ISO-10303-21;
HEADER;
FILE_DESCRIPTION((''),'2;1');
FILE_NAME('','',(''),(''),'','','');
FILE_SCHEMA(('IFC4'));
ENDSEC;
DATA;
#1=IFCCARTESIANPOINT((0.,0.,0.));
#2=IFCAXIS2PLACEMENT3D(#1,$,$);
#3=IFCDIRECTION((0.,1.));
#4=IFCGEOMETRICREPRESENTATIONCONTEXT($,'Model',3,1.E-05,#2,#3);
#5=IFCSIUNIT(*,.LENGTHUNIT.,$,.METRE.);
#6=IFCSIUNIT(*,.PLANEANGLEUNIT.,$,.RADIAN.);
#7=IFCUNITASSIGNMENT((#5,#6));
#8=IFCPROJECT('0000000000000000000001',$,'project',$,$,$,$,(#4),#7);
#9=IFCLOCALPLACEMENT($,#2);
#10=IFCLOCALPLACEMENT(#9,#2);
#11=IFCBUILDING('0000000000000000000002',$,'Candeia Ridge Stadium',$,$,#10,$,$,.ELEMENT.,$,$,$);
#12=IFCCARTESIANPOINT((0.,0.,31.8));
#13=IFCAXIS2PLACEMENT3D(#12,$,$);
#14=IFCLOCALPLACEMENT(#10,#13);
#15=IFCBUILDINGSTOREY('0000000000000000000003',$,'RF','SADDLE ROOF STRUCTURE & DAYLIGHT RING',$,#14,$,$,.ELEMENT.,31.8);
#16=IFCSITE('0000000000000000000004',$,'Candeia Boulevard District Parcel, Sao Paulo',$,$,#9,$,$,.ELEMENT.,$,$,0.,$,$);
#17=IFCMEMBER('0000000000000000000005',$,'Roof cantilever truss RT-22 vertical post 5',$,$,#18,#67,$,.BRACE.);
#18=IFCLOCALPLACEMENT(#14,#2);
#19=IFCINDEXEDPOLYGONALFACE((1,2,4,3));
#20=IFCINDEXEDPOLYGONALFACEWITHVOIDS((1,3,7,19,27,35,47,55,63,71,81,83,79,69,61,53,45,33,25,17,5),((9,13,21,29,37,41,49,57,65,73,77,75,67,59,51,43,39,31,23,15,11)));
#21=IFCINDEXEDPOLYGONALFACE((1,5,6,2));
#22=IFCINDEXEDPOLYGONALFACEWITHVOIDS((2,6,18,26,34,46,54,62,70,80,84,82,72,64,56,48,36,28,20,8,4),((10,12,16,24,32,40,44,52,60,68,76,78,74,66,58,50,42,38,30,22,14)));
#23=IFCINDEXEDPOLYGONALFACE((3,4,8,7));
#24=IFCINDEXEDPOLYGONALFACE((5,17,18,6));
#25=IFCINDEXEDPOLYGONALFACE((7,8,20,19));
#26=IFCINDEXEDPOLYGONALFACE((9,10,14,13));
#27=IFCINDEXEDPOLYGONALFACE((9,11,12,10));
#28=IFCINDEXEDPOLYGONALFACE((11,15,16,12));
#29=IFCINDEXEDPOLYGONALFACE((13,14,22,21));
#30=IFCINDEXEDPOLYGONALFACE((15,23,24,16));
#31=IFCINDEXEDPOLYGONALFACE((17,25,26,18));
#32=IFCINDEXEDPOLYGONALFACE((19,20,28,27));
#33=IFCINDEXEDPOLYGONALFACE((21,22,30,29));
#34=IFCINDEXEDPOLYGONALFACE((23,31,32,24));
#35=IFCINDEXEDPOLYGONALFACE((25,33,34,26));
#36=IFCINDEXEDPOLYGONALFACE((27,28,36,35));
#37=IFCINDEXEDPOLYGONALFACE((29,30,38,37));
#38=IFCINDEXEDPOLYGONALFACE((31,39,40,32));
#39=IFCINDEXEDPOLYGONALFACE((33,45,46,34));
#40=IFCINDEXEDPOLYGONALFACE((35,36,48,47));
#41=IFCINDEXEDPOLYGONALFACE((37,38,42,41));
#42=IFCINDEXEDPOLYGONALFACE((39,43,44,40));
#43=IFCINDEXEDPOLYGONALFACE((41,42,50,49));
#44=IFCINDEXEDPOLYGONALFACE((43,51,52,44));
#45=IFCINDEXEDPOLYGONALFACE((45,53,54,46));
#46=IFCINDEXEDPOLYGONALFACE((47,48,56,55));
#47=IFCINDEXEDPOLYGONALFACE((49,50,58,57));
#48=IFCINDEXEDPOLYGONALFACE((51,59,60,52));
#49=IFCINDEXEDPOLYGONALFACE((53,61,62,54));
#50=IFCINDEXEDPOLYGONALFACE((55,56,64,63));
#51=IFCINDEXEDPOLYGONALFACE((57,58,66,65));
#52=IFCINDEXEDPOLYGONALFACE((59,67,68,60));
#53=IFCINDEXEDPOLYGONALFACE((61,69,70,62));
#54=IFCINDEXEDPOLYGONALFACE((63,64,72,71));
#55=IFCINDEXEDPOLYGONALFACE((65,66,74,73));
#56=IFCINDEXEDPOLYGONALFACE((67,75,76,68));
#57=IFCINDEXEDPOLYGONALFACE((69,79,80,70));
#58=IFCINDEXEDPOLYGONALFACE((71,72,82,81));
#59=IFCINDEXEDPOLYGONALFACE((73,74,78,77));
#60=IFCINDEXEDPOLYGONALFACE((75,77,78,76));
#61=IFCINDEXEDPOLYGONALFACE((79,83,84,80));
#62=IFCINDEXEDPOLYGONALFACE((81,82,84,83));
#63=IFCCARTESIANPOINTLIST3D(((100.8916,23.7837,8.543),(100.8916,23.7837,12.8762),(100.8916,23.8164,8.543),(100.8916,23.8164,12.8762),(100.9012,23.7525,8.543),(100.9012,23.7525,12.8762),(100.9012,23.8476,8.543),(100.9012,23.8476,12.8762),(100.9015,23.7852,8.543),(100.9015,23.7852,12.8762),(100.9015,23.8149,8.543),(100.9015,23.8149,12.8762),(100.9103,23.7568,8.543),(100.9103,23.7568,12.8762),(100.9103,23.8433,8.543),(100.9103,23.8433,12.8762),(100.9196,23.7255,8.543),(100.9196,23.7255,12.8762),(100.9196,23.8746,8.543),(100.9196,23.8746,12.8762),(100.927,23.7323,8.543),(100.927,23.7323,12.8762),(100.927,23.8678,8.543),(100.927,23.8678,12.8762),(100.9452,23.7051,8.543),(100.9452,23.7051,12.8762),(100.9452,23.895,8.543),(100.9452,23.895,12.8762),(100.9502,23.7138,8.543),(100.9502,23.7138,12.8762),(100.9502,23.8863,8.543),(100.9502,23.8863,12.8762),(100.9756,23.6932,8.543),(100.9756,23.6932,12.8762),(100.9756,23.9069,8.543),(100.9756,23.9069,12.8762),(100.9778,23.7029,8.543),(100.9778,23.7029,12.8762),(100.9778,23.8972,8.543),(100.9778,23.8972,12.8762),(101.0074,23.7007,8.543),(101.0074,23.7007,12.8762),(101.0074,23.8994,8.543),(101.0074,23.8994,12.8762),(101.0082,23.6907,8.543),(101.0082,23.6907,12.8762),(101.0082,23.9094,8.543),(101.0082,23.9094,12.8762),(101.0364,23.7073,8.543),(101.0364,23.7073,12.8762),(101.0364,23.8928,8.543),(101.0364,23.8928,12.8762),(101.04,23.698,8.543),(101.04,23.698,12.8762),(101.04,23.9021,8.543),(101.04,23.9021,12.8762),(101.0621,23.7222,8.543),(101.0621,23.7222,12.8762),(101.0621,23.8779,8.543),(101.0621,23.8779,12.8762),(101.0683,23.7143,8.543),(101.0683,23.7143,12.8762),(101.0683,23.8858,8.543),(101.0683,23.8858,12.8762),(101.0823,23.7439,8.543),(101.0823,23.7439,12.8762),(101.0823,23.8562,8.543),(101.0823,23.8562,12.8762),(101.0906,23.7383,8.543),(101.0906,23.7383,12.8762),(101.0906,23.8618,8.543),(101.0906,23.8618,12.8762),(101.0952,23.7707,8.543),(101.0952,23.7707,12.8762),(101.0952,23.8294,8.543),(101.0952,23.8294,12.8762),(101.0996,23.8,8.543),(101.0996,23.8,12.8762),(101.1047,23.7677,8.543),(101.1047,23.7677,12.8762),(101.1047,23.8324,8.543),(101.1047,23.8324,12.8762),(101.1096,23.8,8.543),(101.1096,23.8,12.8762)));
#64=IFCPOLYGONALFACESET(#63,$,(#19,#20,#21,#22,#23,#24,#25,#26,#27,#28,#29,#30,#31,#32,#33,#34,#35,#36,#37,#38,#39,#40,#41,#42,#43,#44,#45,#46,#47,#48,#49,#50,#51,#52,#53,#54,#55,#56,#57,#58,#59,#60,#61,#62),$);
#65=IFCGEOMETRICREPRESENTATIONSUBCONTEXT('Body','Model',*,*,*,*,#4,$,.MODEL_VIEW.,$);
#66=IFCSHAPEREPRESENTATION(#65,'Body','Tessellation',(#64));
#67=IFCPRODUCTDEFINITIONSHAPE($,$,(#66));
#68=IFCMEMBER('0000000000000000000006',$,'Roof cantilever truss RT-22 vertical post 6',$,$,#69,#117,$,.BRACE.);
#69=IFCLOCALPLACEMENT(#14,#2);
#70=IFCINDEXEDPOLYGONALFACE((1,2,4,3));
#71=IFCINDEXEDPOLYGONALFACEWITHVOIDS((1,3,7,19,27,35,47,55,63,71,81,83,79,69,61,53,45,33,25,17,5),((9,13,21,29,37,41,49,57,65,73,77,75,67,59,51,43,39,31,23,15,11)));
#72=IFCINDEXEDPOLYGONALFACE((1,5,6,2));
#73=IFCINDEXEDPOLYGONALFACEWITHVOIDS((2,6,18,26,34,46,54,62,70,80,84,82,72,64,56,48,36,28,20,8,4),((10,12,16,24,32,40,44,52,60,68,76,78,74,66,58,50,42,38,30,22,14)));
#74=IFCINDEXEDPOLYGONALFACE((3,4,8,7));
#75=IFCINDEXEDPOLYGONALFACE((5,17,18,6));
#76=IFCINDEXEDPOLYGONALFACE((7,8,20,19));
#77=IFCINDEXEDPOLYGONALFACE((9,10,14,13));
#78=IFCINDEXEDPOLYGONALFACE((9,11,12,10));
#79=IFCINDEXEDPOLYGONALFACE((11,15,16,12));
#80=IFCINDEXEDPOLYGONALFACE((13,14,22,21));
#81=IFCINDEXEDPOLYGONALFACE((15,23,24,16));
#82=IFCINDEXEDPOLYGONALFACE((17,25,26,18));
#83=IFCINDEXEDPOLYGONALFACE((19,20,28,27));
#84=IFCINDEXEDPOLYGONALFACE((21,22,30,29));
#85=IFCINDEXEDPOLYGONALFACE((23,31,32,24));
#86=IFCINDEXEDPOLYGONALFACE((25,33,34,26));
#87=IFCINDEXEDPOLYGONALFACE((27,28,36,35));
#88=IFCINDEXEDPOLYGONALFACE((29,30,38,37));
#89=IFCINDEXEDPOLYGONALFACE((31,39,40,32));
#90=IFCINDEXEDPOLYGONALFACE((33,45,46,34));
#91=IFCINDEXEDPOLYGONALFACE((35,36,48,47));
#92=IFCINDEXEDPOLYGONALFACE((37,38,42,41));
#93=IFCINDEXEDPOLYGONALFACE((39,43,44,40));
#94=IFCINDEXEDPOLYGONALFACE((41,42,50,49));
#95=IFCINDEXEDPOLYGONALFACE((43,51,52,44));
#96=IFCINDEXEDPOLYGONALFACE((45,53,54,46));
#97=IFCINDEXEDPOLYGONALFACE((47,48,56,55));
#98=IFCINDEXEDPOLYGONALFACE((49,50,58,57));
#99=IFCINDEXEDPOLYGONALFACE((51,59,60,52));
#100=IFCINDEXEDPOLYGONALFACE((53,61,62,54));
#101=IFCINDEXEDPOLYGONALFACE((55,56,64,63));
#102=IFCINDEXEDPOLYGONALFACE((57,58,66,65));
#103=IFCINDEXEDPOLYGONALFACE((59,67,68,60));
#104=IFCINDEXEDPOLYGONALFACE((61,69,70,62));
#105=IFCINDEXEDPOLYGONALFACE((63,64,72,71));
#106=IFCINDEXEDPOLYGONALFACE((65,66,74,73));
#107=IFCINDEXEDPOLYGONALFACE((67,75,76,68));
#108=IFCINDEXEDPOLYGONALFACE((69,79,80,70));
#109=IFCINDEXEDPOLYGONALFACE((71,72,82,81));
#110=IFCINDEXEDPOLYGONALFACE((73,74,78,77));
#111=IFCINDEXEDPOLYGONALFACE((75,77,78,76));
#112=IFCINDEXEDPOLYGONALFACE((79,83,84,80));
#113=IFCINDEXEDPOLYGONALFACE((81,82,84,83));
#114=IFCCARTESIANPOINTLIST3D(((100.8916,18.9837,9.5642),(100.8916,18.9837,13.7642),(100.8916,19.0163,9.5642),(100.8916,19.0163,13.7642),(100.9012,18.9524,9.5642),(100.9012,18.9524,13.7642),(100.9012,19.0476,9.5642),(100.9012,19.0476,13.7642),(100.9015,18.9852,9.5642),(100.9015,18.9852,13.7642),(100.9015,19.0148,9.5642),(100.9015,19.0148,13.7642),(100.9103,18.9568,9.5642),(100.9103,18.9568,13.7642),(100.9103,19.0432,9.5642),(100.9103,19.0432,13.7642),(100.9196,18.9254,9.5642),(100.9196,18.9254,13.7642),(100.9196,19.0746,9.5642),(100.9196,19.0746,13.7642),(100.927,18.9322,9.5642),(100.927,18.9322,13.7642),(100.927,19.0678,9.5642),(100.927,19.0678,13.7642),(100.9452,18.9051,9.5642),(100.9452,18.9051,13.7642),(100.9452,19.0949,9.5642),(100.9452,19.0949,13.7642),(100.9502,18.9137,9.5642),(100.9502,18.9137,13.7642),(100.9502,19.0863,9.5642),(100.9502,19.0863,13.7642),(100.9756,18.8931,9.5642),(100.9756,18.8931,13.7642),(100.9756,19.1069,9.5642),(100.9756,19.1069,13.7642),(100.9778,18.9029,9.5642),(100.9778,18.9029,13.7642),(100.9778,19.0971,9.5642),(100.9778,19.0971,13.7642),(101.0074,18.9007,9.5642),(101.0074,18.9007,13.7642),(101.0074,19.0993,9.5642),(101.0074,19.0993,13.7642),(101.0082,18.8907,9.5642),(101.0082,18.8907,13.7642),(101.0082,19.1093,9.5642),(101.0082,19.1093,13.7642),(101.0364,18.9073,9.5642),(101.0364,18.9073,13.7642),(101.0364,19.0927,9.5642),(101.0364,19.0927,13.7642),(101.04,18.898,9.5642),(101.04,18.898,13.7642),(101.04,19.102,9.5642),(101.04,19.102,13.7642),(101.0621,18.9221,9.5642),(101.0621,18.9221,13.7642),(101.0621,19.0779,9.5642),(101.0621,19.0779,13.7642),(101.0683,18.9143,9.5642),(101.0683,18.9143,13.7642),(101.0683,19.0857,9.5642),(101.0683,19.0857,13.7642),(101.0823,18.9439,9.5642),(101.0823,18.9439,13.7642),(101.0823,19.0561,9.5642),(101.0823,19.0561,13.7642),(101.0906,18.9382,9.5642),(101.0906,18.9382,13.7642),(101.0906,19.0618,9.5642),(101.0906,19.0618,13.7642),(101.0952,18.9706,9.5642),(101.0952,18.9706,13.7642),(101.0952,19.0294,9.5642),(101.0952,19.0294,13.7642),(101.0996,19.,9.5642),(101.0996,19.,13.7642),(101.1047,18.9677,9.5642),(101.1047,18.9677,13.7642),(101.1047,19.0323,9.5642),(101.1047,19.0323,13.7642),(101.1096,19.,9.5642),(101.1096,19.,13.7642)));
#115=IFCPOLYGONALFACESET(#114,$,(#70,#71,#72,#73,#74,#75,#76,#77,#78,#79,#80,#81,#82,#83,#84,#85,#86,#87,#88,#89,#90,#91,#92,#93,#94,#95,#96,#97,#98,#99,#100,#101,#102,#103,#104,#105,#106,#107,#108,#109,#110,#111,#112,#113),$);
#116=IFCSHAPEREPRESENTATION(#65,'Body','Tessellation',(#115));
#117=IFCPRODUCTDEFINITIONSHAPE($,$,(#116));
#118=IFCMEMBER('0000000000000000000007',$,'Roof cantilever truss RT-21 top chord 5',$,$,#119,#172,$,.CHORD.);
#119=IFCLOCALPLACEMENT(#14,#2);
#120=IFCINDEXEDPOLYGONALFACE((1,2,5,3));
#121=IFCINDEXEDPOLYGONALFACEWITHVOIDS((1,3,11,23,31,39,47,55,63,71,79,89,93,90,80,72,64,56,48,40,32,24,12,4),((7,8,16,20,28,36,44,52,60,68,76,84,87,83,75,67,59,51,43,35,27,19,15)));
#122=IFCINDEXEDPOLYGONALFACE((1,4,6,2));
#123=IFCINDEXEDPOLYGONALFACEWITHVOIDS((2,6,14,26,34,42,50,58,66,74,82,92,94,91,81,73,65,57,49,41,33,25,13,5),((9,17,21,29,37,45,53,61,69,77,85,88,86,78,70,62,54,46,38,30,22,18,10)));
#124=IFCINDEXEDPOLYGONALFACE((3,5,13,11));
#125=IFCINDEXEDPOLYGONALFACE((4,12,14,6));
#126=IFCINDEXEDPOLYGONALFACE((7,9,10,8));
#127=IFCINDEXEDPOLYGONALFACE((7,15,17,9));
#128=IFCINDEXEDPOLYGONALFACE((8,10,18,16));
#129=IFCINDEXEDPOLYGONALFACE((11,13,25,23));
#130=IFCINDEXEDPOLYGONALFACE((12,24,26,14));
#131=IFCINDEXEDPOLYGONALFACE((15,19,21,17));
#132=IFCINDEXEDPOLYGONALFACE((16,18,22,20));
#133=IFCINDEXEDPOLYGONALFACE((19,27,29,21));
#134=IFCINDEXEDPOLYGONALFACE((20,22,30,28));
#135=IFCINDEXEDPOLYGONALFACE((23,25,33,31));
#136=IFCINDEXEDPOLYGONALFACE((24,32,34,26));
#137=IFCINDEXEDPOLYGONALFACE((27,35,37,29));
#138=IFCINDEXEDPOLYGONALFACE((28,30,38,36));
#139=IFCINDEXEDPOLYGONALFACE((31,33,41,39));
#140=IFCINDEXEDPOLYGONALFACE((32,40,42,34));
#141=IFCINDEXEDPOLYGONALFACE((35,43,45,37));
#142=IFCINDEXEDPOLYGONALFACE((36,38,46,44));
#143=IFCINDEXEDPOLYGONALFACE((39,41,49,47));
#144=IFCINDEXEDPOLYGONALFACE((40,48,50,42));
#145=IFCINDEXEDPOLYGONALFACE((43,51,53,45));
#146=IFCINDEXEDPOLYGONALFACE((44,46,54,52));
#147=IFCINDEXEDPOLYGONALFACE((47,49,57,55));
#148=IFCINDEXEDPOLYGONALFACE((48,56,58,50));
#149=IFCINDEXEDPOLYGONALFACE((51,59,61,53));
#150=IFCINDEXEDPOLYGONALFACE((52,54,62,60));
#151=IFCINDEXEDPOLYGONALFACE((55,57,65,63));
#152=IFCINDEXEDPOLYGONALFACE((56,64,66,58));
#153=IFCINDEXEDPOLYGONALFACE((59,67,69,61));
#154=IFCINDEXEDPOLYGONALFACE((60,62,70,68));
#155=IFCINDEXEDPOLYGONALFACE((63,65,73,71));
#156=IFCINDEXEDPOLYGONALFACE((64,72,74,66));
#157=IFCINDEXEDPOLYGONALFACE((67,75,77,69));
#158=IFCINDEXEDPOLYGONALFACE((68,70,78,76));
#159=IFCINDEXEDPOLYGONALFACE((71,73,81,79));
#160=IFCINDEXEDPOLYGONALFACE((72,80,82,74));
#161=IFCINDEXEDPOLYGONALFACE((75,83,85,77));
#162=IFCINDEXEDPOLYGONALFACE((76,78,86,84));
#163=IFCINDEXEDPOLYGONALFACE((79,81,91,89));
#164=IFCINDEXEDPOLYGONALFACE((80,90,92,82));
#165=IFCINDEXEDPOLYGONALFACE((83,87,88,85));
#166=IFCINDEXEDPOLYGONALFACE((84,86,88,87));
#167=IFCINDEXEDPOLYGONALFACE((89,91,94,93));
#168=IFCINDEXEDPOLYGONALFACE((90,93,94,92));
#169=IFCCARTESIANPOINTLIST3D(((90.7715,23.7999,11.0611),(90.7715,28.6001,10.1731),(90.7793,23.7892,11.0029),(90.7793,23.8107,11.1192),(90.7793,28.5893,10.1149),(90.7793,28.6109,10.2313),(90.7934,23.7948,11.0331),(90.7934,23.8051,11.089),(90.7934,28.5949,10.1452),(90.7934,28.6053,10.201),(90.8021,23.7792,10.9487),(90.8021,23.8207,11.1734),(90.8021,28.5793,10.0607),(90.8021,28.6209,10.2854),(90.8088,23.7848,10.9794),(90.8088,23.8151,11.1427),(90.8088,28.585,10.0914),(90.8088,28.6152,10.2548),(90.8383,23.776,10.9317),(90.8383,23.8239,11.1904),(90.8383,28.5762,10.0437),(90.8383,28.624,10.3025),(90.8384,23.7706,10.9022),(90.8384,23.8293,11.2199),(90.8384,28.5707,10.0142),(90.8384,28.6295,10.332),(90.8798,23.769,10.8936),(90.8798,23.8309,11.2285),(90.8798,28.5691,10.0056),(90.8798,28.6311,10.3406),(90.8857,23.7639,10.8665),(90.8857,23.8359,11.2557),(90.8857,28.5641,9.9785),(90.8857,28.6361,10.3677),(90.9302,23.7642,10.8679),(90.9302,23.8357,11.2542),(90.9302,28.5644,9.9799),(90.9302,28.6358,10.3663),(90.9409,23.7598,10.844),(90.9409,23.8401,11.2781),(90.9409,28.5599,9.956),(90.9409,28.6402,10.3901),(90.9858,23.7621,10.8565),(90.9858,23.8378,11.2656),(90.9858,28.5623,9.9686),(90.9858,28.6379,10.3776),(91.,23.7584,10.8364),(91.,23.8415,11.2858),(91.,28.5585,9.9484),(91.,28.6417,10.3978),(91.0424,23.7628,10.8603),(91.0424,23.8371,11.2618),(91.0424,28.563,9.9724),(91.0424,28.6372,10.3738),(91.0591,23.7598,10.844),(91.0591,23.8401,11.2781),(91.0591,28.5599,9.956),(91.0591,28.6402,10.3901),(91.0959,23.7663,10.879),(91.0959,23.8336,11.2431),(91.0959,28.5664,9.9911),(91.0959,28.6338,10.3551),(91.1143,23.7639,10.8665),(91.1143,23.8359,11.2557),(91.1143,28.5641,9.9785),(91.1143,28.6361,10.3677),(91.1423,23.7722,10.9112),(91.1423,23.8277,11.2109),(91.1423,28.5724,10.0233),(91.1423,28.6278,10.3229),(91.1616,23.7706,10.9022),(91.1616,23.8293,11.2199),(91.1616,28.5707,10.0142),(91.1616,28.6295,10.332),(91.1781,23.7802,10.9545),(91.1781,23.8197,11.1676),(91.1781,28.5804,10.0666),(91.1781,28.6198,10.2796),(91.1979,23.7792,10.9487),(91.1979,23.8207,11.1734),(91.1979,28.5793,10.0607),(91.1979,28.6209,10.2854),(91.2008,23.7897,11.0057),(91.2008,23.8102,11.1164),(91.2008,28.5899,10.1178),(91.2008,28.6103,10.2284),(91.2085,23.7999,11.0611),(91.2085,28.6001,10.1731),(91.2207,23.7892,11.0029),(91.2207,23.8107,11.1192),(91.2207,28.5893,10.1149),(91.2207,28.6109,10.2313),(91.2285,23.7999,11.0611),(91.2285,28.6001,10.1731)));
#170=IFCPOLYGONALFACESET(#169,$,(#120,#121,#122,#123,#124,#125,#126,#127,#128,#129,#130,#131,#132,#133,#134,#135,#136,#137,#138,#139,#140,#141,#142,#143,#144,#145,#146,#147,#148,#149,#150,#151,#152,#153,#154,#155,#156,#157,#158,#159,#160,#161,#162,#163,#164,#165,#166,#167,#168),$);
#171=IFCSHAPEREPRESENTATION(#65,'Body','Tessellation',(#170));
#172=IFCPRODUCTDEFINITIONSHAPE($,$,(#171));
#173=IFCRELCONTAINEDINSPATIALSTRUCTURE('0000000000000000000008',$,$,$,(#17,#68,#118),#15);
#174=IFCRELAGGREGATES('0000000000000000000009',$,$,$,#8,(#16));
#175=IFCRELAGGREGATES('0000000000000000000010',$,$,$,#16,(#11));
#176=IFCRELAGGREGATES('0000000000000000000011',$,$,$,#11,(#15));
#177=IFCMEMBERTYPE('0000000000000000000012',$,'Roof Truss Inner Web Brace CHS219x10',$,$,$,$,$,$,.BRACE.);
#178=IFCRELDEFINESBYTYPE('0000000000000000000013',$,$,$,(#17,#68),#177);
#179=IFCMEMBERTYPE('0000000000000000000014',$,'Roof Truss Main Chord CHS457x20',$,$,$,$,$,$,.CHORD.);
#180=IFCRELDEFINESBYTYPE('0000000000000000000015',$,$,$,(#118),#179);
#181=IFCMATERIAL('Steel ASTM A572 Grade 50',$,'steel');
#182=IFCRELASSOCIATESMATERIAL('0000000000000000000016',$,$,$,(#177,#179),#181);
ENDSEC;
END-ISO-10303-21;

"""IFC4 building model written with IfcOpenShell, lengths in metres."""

from ifc_helpers import new_model, si_unit, direction, frame, origin, origin_2d, place, context, subcontext, project, spatial, hollow_circle, extrude, material, material_profile, profile_set, type_object, element, save


model = new_model("IFC4")

# Units and contexts
model_context = context("Model", 3, precision=1e-05, world=origin(), true_north=direction((0.0, 1.0)))
body_context = subcontext(model_context, "Body", "Model", "MODEL_VIEW")
ifc_project = project(units=[si_unit("LENGTHUNIT", "METRE"), si_unit("PLANEANGLEUNIT", "RADIAN")], contexts=[model_context])

# Site, building, storey
site_placement = place(None, origin())
site = spatial("IfcSite", under=ifc_project, at=site_placement, Name="Candeia Boulevard District Parcel, Sao Paulo", CompositionType="ELEMENT", RefElevation=0.0)
building_placement = place(site_placement, origin())
building = spatial("IfcBuilding", under=site, at=building_placement, Name="Candeia Ridge Stadium", CompositionType="ELEMENT")
storey_placement = place(building_placement, frame((0.0, 0.0, 31.8)))
storey = spatial("IfcBuildingStorey", under=building, at=storey_placement, Name="RF", Description="SADDLE ROOF STRUCTURE & DAYLIGHT RING", CompositionType="ELEMENT", Elevation=31.8)

# Shared definitions
ifc_material = material(Name="Steel ASTM A572 Grade 50", Category="steel")

# Members
ifc_material_profile_1 = material_profile(ifc_material, hollow_circle(Radius=0.1096, WallThickness=0.01, at=origin_2d()), Name="CHS219x10", Category="steel")
ifc_profile_set_1 = profile_set([ifc_material_profile_1], Name="Steel ASTM A572 Grade 50")
member_type_1 = type_object("IfcMemberType", Name="Roof Truss Inner Web Brace CHS219x10", PredefinedType="BRACE", material=ifc_profile_set_1)
member_1_placement = place(storey_placement, frame((101.0, 23.8, 8.543), z_axis=(0.0, 0.0, 1.0), x_axis=(1.0, 0.0, 0.0)))
element("IfcMember", 1, at=member_1_placement, inside=storey, type_object=member_type_1, Name="Roof cantilever truss RT-22 vertical post 5", PredefinedType="BRACE", context=body_context, shape_type="SweptSolid", body=[
    extrude(hollow_circle(Radius=0.1096, WallThickness=0.01, at=origin_2d()), origin(), (0.0, 0.0, 1.0), 4.3333),
])
member_2_placement = place(storey_placement, frame((101.0, 19.0, 9.5642), z_axis=(0.0, 0.0, 1.0), x_axis=(1.0, 0.0, 0.0)))
element("IfcMember", 2, at=member_2_placement, inside=storey, type_object=member_type_1, Name="Roof cantilever truss RT-22 vertical post 6", PredefinedType="BRACE", context=body_context, shape_type="SweptSolid", body=[
    extrude(hollow_circle(Radius=0.1096, WallThickness=0.01, at=origin_2d()), origin(), (0.0, 0.0, 1.0), 4.2),
])
ifc_material_profile_2 = material_profile(ifc_material, hollow_circle(Radius=0.2285, WallThickness=0.02, at=origin_2d()), Name="CHS457x20", Category="steel")
ifc_profile_set_2 = profile_set([ifc_material_profile_2], Name="Steel ASTM A572 Grade 50")
member_type_2 = type_object("IfcMemberType", Name="Roof Truss Main Chord CHS457x20", PredefinedType="CHORD", material=ifc_profile_set_2)
for number, where, z_axis, x_axis, name in (
    (3, (91.0, 28.6001, 10.1731), (0.0, -0.983317, 0.181899), (1.0, 0.0, 0.0), "Roof cantilever truss RT-21 top chord 5"),
):
    element("IfcMember", number, at=place(storey_placement, frame(where, z_axis=z_axis, x_axis=x_axis)), inside=storey, type_object=member_type_2, Name=name, PredefinedType="CHORD", context=body_context, shape_type="SweptSolid", body=[
        extrude(hollow_circle(Radius=0.2285, WallThickness=0.02, at=origin_2d()), origin(), (0.0, 0.0, 1.0), 4.8816),
    ])

save(model, "model.ifc")
